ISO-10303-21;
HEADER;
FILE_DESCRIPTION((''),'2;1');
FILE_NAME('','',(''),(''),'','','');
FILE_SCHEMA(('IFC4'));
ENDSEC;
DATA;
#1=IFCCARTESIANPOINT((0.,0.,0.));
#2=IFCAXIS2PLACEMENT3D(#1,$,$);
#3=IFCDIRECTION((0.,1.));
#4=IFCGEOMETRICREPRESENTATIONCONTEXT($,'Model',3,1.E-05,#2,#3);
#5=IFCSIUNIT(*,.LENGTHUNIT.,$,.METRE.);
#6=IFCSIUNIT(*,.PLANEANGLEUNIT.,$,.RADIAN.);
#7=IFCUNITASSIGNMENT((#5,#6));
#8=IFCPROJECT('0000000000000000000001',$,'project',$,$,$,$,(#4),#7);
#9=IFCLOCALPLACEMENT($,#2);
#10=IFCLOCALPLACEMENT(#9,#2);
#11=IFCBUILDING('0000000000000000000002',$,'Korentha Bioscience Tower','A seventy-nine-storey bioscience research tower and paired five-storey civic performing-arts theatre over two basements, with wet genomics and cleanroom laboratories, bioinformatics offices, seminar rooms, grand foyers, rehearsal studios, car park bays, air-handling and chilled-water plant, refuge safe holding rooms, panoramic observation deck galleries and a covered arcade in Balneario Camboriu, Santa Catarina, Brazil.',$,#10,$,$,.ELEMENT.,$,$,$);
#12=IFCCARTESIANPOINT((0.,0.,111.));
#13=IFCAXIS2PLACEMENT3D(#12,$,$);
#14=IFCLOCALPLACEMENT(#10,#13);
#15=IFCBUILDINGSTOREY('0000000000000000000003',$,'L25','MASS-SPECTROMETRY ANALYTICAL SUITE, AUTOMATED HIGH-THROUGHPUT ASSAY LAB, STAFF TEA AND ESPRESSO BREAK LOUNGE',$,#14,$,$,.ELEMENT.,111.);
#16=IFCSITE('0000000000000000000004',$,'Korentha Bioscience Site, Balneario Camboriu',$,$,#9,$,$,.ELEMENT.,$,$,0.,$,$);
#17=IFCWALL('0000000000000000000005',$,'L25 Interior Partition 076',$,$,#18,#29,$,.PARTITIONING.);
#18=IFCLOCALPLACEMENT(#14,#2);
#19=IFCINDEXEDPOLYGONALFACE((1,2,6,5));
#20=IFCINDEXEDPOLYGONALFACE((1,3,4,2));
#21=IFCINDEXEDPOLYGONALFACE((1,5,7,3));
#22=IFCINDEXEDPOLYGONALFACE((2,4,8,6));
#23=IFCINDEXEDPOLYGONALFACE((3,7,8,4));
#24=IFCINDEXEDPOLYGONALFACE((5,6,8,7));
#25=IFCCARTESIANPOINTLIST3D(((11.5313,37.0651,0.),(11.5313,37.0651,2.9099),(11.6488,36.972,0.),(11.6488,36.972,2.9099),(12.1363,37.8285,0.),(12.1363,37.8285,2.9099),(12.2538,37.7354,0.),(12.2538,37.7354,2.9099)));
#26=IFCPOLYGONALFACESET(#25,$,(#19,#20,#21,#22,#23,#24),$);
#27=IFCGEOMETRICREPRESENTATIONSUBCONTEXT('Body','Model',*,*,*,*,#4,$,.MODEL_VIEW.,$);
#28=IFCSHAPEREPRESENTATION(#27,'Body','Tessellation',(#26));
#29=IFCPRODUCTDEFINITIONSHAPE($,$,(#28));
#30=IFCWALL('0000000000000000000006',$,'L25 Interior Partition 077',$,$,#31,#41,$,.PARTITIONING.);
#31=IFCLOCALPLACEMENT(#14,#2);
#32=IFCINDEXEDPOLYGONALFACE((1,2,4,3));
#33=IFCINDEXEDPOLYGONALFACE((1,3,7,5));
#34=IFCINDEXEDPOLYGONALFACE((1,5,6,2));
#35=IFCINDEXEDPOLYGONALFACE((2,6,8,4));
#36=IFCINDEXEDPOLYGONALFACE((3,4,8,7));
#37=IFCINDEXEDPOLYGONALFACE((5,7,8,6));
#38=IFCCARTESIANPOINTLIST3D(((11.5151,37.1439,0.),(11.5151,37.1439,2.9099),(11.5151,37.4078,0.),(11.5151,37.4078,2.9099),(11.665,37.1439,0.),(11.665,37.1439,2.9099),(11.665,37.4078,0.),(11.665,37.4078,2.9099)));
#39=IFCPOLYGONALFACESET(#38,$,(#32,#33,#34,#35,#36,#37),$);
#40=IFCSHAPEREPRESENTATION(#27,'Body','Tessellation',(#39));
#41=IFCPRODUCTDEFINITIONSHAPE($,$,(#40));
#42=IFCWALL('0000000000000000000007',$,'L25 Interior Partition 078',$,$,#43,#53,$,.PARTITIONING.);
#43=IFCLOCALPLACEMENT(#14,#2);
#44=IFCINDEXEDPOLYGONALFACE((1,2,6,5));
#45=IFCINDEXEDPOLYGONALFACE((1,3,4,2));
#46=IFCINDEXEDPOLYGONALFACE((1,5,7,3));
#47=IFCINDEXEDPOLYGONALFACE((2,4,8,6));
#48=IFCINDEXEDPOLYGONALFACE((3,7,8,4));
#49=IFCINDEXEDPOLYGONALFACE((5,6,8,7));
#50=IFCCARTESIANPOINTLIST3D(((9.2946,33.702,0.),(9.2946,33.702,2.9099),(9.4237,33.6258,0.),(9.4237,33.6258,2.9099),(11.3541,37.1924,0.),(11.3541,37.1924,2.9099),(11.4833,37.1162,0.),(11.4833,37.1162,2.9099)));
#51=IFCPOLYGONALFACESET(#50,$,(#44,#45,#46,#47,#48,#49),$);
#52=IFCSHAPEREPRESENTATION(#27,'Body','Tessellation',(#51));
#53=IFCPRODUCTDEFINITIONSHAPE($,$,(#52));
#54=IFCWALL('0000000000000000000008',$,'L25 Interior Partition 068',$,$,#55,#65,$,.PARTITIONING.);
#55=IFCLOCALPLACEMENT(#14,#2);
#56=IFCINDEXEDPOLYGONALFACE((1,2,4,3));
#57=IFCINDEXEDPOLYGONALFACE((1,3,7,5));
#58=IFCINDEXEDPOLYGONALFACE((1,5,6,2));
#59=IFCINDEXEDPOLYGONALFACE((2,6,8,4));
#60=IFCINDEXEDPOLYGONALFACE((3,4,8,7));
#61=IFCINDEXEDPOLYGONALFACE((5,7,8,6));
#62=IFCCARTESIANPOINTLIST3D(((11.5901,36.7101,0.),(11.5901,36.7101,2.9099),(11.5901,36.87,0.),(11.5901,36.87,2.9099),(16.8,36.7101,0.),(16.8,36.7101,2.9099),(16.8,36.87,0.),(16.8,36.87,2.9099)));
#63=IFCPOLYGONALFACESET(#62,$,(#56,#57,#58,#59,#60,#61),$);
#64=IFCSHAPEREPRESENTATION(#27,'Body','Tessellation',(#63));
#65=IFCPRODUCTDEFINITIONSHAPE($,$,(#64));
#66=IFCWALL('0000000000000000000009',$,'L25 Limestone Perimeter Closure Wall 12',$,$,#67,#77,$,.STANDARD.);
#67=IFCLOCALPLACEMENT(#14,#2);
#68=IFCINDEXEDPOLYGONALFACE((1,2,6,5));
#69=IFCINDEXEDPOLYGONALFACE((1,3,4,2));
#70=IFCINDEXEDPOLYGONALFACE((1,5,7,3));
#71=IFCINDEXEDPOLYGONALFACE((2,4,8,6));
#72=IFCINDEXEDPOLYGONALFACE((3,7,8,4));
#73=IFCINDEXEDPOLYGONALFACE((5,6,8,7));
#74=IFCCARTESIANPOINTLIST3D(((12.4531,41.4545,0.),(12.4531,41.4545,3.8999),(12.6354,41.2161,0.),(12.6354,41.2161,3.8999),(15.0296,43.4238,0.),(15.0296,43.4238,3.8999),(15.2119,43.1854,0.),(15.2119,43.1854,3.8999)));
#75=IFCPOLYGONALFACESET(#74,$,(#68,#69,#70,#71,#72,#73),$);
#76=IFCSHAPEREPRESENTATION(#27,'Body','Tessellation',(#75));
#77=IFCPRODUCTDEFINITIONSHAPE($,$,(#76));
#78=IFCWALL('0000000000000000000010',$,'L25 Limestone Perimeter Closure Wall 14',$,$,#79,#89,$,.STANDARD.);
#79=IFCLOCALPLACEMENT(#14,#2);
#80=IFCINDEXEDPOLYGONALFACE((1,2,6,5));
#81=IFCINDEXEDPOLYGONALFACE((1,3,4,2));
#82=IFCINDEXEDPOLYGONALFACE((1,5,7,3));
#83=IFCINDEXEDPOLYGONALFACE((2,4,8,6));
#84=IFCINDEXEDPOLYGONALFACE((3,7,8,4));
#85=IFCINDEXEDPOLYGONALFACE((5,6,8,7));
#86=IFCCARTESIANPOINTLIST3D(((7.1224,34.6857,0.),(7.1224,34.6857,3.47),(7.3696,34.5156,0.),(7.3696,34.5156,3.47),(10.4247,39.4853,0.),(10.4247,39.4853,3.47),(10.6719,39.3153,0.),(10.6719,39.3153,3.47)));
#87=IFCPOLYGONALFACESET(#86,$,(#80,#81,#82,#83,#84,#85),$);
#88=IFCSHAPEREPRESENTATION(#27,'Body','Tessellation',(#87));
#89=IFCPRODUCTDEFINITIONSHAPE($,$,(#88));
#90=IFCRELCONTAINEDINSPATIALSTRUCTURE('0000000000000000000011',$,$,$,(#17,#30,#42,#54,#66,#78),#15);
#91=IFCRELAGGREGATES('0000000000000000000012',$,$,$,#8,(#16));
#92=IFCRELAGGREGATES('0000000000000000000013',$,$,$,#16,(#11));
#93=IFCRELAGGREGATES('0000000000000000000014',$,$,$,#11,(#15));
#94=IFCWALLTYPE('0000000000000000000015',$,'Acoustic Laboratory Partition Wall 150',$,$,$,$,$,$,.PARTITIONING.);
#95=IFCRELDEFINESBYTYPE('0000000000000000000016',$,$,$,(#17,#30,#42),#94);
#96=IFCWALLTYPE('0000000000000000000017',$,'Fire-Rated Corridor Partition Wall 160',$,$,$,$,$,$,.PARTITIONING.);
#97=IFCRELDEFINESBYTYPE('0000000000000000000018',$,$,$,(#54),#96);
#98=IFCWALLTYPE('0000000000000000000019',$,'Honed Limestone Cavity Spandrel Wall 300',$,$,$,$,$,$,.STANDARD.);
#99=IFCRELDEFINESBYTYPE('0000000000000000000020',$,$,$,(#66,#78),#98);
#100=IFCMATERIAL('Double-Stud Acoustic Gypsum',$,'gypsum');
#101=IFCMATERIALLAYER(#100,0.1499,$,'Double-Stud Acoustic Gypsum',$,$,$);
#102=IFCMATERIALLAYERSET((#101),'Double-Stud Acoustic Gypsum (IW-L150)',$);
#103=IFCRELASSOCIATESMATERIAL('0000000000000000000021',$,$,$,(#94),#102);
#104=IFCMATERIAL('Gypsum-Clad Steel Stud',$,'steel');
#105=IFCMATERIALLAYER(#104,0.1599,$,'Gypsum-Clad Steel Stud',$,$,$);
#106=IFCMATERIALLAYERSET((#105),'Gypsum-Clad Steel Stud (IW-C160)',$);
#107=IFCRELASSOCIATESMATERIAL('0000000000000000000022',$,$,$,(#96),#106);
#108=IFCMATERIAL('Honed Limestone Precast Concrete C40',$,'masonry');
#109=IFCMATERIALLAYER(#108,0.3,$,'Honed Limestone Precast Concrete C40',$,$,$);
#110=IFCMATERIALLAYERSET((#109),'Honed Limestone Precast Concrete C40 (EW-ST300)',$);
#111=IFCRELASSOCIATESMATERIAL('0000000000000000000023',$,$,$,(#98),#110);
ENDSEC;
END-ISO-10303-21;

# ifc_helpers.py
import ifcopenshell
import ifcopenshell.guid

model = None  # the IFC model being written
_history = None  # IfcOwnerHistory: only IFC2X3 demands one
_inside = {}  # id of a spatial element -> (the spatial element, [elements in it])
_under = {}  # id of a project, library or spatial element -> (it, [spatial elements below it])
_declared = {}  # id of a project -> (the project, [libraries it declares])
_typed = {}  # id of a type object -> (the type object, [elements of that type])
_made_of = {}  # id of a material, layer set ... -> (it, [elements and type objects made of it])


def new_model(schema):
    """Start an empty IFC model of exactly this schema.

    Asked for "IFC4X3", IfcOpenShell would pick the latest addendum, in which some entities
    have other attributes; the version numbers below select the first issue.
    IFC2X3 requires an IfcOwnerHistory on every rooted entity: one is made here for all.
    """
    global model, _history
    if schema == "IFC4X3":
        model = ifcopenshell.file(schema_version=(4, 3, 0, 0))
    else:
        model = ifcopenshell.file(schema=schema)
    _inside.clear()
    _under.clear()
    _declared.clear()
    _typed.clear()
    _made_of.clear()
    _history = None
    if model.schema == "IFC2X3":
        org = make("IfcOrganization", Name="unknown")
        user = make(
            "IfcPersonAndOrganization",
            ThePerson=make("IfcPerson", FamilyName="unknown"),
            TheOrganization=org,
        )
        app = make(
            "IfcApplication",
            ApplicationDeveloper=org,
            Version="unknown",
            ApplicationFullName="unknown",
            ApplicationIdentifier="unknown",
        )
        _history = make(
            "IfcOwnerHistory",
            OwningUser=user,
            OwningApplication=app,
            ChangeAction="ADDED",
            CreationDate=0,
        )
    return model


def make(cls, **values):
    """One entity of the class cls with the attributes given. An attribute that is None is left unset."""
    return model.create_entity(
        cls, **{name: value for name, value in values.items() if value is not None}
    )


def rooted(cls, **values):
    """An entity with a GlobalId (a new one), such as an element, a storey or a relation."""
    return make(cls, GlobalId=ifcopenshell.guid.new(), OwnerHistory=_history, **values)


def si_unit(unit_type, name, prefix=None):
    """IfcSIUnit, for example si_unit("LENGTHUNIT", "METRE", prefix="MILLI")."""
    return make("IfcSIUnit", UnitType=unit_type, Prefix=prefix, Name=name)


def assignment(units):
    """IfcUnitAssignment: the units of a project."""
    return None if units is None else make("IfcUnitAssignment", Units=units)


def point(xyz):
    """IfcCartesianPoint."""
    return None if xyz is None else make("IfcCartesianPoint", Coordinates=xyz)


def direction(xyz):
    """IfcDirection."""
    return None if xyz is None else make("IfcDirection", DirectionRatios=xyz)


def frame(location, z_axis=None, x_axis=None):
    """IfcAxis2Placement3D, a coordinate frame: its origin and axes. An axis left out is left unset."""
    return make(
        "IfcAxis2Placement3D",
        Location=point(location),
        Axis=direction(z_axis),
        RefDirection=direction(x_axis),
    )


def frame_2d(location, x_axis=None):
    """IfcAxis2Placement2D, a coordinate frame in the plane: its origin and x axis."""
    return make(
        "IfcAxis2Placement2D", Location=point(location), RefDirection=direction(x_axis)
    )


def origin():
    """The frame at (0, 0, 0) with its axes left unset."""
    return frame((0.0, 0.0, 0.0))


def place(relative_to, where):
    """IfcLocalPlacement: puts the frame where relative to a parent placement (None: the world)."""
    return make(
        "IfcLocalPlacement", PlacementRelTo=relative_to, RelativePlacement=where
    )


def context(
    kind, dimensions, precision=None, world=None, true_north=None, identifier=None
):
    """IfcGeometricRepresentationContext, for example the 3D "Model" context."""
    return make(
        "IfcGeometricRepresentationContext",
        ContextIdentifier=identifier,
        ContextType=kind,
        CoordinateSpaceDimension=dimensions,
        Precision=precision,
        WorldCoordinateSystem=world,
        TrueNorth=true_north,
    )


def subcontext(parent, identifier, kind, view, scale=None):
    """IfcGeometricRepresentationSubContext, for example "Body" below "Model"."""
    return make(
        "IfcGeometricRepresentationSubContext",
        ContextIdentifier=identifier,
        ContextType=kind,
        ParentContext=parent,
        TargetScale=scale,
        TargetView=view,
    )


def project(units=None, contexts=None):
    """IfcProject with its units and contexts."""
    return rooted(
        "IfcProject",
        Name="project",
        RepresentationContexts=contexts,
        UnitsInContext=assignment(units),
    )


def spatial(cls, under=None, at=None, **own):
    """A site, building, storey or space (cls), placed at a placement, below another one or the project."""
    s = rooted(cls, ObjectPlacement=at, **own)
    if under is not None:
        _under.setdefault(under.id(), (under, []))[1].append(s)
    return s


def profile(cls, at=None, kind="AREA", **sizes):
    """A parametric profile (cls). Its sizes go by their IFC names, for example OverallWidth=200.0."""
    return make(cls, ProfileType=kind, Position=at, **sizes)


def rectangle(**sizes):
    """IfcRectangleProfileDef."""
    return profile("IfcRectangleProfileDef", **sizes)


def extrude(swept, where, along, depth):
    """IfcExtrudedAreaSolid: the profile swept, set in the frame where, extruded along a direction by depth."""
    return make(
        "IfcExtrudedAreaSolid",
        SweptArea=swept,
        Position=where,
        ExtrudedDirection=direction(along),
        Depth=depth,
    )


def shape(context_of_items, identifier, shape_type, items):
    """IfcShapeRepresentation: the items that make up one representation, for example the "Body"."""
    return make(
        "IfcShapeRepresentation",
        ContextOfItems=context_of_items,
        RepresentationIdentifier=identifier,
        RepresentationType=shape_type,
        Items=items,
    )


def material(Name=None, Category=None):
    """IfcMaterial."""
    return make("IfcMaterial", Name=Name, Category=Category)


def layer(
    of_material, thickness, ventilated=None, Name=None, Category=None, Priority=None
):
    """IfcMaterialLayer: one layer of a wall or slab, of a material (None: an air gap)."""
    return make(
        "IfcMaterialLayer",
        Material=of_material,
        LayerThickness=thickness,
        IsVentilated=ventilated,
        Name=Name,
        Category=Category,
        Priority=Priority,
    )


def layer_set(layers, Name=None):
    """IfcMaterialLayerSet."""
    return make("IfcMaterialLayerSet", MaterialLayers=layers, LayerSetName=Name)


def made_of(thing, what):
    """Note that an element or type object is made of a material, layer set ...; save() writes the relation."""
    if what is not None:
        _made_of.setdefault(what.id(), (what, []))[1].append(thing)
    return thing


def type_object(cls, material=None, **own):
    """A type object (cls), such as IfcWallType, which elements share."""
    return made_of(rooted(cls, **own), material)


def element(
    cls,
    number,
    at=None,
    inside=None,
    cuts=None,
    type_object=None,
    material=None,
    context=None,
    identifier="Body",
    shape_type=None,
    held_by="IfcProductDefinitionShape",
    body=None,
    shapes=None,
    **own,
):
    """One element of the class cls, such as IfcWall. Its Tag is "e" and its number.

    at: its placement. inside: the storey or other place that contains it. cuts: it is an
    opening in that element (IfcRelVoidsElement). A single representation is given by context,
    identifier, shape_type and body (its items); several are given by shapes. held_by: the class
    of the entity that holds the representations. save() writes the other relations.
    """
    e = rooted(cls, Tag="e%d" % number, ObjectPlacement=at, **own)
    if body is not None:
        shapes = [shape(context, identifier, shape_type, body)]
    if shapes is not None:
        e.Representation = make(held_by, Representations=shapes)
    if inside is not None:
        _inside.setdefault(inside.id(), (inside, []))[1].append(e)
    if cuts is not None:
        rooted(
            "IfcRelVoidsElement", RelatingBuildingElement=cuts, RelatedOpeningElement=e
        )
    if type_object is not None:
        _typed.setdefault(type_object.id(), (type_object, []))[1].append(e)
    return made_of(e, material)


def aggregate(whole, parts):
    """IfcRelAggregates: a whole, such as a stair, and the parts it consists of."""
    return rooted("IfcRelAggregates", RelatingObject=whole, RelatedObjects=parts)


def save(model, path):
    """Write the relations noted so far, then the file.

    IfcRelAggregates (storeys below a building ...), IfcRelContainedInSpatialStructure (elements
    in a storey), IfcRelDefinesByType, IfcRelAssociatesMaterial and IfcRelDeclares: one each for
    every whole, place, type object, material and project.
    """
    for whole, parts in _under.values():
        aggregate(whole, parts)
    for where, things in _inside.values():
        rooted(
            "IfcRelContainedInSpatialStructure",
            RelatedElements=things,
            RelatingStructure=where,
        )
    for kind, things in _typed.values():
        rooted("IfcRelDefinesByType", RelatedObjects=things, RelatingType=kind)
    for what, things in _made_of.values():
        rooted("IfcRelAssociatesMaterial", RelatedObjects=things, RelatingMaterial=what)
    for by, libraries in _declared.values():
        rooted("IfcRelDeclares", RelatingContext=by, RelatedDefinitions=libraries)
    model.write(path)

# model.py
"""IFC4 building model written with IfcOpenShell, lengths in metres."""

from ifc_helpers import new_model, si_unit, direction, frame, frame_2d, origin, place, context, subcontext, project, spatial, rectangle, extrude, material, layer, layer_set, type_object, element, save


model = new_model("IFC4")

# Units and contexts
model_context = context("Model", 3, precision=1e-05, world=origin(), true_north=direction((0.0, 1.0)))
body_context = subcontext(model_context, "Body", "Model", "MODEL_VIEW")
ifc_project = project(units=[si_unit("LENGTHUNIT", "METRE"), si_unit("PLANEANGLEUNIT", "RADIAN")], contexts=[model_context])

# Site, building, storey
site_placement = place(None, origin())
site = spatial("IfcSite", under=ifc_project, at=site_placement, Name="Korentha Bioscience Site, Balneario Camboriu", CompositionType="ELEMENT", RefElevation=0.0)
building_placement = place(site_placement, origin())
building = spatial("IfcBuilding", under=site, at=building_placement, Name="Korentha Bioscience Tower", Description="A seventy-nine-storey bioscience research tower and paired five-storey civic performing-arts theatre over two basements, with wet genomics and cleanroom laboratories, bioinformatics offices, seminar rooms, grand foyers, rehearsal studios, car park bays, air-handling and chilled-water plant, refuge safe holding rooms, panoramic observation deck galleries and a covered arcade in Balneario Camboriu, Santa Catarina, Brazil.", CompositionType="ELEMENT")
storey_placement = place(building_placement, frame((0.0, 0.0, 111.0)))
storey = spatial("IfcBuildingStorey", under=building, at=storey_placement, Name="L25", Description="MASS-SPECTROMETRY ANALYTICAL SUITE, AUTOMATED HIGH-THROUGHPUT ASSAY LAB, STAFF TEA AND ESPRESSO BREAK LOUNGE", CompositionType="ELEMENT", Elevation=111.0)

# Walls
ifc_material_1 = material(Name="Double-Stud Acoustic Gypsum", Category="gypsum")
ifc_layer_1 = layer(ifc_material_1, 0.1499, Name="Double-Stud Acoustic Gypsum")
ifc_layer_set_1 = layer_set([ifc_layer_1], Name="Double-Stud Acoustic Gypsum (IW-L150)")
wall_type_1 = type_object("IfcWallType", Name="Acoustic Laboratory Partition Wall 150", PredefinedType="PARTITIONING", material=ifc_layer_set_1)
wall_1_placement = place(storey_placement, frame((12.1951, 37.782, 0.0), z_axis=(0.0, 0.0, 1.0), x_axis=(-0.621082, -0.783746, 0.0)))
element("IfcWall", 1, at=wall_1_placement, inside=storey, type_object=wall_type_1, Name="L25 Interior Partition 076", PredefinedType="PARTITIONING", context=body_context, shape_type="SweptSolid", body=[
    extrude(rectangle(XDim=0.9741, YDim=0.1499, at=frame_2d((0.4871, 0.0))), origin(), (0.0, 0.0, 1.0), 2.9099),
])
wall_2_placement = place(storey_placement, frame((11.5901, 37.144, 0.0), z_axis=(0.0, 0.0, 1.0), x_axis=(0.0, 1.0, 0.0)))
element("IfcWall", 2, at=wall_2_placement, inside=storey, type_object=wall_type_1, Name="L25 Interior Partition 077", PredefinedType="PARTITIONING", context=body_context, shape_type="SweptSolid", body=[
    extrude(rectangle(XDim=0.2639, YDim=0.1499, at=frame_2d((0.1318, 0.0))), origin(), (0.0, 0.0, 1.0), 2.9099),
])
wall_3_placement = place(storey_placement, frame((11.4187, 37.1543, 0.0), z_axis=(0.0, 0.0, 1.0), x_axis=(-0.508183, -0.861249, 0.0)))
element("IfcWall", 3, at=wall_3_placement, inside=storey, type_object=wall_type_1, Name="L25 Interior Partition 078", PredefinedType="PARTITIONING", context=body_context, shape_type="SweptSolid", body=[
    extrude(rectangle(XDim=4.0527, YDim=0.1499, at=frame_2d((2.0264, 0.0))), origin(), (0.0, 0.0, 1.0), 2.9099),
])
ifc_material_2 = material(Name="Gypsum-Clad Steel Stud", Category="steel")
ifc_layer_2 = layer(ifc_material_2, 0.1599, Name="Gypsum-Clad Steel Stud")
ifc_layer_set_2 = layer_set([ifc_layer_2], Name="Gypsum-Clad Steel Stud (IW-C160)")
wall_type_2 = type_object("IfcWallType", Name="Fire-Rated Corridor Partition Wall 160", PredefinedType="PARTITIONING", material=ifc_layer_set_2)
wall_4_placement = place(storey_placement, frame((11.5901, 36.79, 0.0), z_axis=(0.0, 0.0, 1.0), x_axis=(1.0, 0.0, 0.0)))
element("IfcWall", 4, at=wall_4_placement, inside=storey, type_object=wall_type_2, Name="L25 Interior Partition 068", PredefinedType="PARTITIONING", context=body_context, shape_type="SweptSolid", body=[
    extrude(rectangle(XDim=5.21, YDim=0.1599, at=frame_2d((2.605, 0.0))), origin(), (0.0, 0.0, 1.0), 2.9099),
])
ifc_material_3 = material(Name="Honed Limestone Precast Concrete C40", Category="masonry")
ifc_layer_3 = layer(ifc_material_3, 0.3, Name="Honed Limestone Precast Concrete C40")
ifc_layer_set_3 = layer_set([ifc_layer_3], Name="Honed Limestone Precast Concrete C40 (EW-ST300)")
wall_type_3 = type_object("IfcWallType", Name="Honed Limestone Cavity Spandrel Wall 300", PredefinedType="STANDARD", material=ifc_layer_set_3)
wall_5_placement = place(storey_placement, frame((15.1208, 43.3047, 0.0), z_axis=(0.0, 0.0, 1.0), x_axis=(-0.794501, -0.607263, 0.0)))
element("IfcWall", 5, at=wall_5_placement, inside=storey, type_object=wall_type_3, Name="L25 Limestone Perimeter Closure Wall 12", PredefinedType="STANDARD", context=body_context, shape_type="SweptSolid", body=[
    extrude(rectangle(XDim=3.2429, YDim=0.3, at=frame_2d((1.6216, 0.0))), origin(), (0.0, 0.0, 1.0), 3.8999),
])
wall_6_placement = place(storey_placement, frame((10.5483, 39.4004, 0.0), z_axis=(0.0, 0.0, 1.0), x_axis=(-0.566826, -0.823838, 0.0)))
element("IfcWall", 6, at=wall_6_placement, inside=storey, type_object=wall_type_3, Name="L25 Limestone Perimeter Closure Wall 14", PredefinedType="STANDARD", context=body_context, shape_type="SweptSolid", body=[
    extrude(rectangle(XDim=5.8259, YDim=0.3, at=frame_2d((2.9131, 0.0))), origin(), (0.0, 0.0, 1.0), 3.47),
])

save(model, "model.ifc")
